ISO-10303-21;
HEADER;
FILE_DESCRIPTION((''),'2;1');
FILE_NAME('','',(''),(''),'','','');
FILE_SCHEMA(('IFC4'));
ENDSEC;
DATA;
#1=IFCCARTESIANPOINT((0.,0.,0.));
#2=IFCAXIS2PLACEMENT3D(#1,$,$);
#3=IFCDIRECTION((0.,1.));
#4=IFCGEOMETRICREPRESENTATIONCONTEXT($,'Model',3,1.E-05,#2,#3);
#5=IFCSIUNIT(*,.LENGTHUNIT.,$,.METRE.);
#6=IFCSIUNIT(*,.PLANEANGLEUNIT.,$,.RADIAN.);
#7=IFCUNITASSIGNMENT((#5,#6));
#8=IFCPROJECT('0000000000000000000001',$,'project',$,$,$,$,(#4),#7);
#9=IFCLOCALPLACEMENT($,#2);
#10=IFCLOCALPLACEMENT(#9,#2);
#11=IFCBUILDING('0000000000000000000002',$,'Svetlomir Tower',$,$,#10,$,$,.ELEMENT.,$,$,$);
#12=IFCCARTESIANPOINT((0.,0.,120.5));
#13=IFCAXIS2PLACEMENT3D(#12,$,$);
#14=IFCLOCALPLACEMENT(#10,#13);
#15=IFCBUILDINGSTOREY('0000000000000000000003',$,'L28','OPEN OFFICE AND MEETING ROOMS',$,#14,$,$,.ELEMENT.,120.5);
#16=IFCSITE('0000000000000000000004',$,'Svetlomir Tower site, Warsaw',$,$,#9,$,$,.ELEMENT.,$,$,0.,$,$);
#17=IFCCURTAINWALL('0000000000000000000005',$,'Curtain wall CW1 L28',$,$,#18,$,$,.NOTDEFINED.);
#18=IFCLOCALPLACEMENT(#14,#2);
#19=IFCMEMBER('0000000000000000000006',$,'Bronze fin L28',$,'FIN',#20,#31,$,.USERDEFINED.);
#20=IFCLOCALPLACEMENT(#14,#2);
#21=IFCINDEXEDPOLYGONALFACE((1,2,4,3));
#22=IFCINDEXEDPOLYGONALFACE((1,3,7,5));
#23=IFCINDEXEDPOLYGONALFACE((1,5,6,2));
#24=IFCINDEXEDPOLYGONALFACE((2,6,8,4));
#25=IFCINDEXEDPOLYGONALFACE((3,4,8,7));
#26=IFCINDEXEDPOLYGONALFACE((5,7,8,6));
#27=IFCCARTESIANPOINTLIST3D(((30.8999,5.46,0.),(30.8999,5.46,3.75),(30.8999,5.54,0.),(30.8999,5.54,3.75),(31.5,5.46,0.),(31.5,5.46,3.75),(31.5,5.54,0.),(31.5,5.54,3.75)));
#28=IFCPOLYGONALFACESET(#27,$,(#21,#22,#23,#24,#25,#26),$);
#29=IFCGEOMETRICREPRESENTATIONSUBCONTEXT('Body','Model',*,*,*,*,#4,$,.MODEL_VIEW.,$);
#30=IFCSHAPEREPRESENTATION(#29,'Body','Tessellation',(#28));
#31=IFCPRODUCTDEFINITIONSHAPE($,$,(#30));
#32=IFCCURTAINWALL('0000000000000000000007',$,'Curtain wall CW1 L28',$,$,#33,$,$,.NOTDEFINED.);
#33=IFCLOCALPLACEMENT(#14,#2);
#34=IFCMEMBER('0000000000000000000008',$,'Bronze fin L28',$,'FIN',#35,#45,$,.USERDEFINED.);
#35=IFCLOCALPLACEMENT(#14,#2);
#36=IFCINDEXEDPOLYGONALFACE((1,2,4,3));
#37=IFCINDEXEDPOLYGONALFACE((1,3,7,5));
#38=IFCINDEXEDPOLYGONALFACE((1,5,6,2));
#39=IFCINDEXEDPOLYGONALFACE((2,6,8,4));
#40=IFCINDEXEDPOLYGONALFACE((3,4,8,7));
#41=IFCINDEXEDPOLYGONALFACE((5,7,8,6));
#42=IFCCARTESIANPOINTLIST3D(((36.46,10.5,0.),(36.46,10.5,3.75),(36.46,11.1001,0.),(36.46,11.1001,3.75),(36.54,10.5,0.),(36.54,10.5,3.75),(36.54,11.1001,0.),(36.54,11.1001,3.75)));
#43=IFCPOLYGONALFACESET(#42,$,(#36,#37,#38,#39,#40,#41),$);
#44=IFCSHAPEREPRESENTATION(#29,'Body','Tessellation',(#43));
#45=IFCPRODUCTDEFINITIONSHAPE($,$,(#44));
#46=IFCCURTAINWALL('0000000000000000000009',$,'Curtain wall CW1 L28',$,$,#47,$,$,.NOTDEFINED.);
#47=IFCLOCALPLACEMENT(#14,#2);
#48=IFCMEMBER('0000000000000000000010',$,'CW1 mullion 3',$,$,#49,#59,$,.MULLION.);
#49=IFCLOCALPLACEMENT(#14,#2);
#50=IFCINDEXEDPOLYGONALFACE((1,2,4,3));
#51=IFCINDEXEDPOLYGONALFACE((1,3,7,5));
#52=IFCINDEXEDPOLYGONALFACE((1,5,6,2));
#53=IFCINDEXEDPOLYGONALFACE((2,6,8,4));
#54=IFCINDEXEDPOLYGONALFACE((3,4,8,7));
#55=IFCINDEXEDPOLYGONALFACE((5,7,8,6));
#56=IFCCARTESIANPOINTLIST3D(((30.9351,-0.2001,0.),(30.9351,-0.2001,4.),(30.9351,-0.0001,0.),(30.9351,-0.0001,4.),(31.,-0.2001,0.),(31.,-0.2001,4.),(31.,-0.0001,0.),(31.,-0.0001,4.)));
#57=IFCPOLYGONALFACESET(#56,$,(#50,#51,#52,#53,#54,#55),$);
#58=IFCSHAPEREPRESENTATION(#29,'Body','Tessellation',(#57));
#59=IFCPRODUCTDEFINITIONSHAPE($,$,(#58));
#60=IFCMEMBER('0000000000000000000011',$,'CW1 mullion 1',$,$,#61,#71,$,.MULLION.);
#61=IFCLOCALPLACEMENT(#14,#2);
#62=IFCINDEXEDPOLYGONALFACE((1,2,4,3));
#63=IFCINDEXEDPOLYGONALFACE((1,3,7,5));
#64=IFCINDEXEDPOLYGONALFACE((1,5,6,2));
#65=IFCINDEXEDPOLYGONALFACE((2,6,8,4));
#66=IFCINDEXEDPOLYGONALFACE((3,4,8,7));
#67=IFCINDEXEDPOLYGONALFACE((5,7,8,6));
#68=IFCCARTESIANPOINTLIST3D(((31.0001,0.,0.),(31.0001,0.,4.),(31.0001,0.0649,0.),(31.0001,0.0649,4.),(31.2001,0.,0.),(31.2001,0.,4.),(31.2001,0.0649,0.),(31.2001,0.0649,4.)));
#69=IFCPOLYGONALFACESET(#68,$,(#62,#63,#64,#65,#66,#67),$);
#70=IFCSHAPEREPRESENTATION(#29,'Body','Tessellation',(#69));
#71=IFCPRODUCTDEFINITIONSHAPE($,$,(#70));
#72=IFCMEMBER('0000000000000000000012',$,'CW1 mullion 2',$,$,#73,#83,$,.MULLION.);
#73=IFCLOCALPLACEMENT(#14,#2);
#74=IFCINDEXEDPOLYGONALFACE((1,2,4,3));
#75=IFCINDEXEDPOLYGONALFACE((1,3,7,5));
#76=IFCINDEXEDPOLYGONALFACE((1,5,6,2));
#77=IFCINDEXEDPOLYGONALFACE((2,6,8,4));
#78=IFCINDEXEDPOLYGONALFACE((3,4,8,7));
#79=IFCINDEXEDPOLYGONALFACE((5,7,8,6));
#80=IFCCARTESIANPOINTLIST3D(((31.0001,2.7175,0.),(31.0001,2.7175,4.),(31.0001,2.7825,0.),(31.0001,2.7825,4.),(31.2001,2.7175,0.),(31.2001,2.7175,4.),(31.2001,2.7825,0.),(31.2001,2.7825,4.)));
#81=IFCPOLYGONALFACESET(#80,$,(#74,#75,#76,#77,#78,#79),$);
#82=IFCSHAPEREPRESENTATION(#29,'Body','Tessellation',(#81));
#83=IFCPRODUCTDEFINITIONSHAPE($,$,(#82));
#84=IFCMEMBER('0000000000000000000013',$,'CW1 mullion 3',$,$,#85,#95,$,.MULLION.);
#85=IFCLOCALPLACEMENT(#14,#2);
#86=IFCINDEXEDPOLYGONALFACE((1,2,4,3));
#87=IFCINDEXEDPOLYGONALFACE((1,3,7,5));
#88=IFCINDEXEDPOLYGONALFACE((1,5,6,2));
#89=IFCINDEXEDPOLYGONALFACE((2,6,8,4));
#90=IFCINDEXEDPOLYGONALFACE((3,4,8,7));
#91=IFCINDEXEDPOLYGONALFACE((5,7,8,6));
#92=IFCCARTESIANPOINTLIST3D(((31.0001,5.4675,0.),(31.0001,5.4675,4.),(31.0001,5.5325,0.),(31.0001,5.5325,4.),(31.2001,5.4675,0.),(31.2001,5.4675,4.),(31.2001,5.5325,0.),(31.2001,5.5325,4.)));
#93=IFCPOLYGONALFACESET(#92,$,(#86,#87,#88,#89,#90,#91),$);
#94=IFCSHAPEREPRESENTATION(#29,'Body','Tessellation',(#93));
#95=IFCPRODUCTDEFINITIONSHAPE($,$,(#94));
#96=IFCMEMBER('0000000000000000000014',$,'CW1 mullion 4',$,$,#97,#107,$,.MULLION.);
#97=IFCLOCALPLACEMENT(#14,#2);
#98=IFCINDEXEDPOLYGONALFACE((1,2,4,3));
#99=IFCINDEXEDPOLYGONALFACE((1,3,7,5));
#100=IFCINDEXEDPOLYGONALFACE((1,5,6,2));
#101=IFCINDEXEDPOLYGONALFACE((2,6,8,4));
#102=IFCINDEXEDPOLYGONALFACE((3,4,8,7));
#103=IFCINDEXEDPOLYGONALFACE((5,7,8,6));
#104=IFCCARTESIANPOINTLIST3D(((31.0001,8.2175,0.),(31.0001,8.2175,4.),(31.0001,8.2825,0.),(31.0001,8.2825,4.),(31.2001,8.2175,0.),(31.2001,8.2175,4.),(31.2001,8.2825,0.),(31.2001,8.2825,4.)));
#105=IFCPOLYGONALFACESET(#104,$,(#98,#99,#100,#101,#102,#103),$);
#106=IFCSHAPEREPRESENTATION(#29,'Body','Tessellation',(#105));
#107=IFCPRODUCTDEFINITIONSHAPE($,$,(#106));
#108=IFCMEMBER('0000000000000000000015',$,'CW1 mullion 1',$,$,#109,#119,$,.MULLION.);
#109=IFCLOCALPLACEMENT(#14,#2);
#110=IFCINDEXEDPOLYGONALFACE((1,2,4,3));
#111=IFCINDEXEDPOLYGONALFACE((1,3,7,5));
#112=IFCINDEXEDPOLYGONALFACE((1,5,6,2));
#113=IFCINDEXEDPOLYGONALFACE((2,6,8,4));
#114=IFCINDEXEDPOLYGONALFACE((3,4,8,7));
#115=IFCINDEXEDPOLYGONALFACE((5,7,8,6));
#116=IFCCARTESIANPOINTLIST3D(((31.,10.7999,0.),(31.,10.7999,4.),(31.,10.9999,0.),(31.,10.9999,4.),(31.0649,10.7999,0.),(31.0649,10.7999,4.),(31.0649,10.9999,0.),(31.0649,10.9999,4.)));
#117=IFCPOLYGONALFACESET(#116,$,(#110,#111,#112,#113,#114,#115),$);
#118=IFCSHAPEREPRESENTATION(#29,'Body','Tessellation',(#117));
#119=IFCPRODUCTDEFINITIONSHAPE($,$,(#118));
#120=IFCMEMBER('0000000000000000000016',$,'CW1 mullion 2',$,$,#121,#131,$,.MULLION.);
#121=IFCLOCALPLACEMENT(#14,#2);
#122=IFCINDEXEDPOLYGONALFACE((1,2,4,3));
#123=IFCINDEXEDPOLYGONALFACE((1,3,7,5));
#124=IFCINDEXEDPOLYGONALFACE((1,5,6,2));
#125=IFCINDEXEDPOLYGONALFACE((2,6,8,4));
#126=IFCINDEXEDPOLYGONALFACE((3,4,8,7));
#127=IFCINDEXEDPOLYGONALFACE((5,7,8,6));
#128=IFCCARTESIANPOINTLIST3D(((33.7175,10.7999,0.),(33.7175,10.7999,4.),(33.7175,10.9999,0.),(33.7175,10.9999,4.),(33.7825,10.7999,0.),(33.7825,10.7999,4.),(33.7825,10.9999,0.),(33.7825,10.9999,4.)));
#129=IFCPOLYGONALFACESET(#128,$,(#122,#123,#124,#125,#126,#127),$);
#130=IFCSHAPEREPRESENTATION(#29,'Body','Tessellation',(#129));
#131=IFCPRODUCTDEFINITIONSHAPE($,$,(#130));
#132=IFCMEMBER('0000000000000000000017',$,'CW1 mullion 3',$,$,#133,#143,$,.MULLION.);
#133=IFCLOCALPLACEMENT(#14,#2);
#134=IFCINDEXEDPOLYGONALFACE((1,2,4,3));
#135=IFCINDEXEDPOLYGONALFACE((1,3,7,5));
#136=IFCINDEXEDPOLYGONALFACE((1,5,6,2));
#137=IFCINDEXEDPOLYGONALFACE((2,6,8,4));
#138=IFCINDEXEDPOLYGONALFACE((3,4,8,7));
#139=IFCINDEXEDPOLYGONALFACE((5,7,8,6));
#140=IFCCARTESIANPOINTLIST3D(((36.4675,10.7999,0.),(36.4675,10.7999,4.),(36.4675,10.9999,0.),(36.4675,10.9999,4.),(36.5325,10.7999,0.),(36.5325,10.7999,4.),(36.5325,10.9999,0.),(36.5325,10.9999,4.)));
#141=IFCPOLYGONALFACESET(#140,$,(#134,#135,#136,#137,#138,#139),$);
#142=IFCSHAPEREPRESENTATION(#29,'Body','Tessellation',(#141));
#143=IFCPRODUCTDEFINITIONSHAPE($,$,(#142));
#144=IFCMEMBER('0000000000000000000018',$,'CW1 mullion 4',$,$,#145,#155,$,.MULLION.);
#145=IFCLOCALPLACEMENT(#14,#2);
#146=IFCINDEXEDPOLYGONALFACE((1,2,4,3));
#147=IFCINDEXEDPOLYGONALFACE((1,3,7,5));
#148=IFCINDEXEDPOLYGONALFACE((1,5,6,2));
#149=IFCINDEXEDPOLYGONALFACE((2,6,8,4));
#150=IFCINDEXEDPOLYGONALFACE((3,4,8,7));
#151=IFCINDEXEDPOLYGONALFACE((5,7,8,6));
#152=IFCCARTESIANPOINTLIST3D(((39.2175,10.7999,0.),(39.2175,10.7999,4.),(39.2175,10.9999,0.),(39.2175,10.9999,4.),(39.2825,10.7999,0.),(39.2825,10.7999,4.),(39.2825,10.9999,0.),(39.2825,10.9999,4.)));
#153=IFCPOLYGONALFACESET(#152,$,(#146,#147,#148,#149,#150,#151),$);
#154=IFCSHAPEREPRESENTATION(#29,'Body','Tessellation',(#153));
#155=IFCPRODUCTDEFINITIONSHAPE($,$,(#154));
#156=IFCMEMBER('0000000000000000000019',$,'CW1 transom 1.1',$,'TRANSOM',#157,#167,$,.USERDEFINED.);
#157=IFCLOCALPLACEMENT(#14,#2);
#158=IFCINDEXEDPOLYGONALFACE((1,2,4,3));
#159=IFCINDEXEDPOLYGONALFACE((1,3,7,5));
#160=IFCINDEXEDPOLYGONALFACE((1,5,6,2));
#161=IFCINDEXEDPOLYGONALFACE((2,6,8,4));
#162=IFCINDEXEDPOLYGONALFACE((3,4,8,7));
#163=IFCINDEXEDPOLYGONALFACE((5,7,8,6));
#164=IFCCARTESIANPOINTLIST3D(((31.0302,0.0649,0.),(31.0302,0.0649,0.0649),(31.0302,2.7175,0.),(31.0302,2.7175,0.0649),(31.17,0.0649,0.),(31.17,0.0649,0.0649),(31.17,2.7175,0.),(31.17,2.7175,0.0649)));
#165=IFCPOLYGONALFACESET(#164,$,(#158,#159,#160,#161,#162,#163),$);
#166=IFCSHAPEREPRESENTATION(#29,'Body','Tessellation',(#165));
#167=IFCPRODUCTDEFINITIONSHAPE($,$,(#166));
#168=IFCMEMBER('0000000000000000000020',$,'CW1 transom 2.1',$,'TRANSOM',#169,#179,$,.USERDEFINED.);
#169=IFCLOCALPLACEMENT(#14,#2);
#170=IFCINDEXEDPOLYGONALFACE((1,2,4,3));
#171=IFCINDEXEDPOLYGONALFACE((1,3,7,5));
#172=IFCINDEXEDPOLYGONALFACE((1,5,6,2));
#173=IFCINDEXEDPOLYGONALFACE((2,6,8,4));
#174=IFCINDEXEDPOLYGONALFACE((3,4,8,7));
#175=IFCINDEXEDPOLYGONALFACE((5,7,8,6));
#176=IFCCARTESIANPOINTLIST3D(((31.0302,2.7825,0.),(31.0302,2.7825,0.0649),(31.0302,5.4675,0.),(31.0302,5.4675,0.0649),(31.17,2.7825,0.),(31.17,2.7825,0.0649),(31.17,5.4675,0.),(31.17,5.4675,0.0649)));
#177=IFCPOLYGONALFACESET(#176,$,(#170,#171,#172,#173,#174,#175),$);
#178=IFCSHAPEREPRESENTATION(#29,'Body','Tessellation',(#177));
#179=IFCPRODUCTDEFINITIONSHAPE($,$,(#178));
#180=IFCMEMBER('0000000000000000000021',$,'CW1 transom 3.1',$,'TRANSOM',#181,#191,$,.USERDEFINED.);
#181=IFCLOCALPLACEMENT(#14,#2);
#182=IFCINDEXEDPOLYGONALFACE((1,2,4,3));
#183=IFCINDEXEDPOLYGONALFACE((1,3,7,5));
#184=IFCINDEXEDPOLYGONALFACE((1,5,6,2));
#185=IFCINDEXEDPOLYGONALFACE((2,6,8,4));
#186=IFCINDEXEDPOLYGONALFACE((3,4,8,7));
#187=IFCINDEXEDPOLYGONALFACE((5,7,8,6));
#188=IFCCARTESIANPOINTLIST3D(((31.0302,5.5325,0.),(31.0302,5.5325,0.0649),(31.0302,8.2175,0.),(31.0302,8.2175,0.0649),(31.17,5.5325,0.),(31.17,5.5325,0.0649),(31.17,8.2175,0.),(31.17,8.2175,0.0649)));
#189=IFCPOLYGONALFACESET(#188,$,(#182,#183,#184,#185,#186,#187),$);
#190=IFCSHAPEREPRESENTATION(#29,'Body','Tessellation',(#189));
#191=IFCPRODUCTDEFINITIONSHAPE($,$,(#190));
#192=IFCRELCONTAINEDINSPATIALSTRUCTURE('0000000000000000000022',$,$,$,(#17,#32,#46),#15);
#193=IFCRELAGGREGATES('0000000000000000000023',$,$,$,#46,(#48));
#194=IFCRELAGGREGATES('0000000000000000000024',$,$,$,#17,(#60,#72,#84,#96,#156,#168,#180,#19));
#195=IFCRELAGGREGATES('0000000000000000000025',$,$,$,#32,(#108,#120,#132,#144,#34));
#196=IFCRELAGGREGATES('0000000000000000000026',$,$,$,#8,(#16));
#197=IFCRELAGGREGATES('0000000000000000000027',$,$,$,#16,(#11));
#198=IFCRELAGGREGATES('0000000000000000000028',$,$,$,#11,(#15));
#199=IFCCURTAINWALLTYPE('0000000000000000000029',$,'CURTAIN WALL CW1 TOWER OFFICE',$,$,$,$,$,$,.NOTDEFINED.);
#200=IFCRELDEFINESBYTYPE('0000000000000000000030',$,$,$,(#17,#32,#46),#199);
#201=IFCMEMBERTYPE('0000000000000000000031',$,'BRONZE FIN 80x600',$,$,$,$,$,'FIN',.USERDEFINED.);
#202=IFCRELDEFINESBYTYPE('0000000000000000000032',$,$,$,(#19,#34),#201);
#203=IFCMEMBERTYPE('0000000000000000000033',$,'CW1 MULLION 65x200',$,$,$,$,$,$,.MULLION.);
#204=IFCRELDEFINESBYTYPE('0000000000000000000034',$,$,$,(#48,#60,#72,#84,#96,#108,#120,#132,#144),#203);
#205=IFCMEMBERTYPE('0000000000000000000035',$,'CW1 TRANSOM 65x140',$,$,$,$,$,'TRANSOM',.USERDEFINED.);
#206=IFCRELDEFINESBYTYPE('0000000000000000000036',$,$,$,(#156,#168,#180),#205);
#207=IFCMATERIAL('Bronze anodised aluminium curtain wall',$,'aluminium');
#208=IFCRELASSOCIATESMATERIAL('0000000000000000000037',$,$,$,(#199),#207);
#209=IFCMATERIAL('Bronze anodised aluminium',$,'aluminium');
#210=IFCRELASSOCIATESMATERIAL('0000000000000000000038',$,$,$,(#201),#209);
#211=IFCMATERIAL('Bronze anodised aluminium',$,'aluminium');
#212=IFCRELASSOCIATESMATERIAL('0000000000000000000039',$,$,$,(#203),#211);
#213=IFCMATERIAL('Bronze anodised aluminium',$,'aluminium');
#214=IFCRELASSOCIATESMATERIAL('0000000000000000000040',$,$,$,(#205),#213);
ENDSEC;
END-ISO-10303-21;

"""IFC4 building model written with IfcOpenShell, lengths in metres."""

from ifc_helpers import new_model, si_unit, direction, frame, origin, origin_2d, place, context, subcontext, project, spatial, rectangle, extrude, material, material_profile, profile_set, type_object, element, aggregate, save


model = new_model("IFC4")

# Units and contexts
model_context = context("Model", 3, precision=1e-05, world=origin(), true_north=direction((0.0, 1.0)))
body_context = subcontext(model_context, "Body", "Model", "MODEL_VIEW")
ifc_project = project(units=[si_unit("LENGTHUNIT", "METRE"), si_unit("PLANEANGLEUNIT", "RADIAN")], contexts=[model_context])

# Site, building, storey
site_placement = place(None, origin())
site = spatial("IfcSite", under=ifc_project, at=site_placement, Name="Svetlomir Tower site, Warsaw", CompositionType="ELEMENT", RefElevation=0.0)
building_placement = place(site_placement, origin())
building = spatial("IfcBuilding", under=site, at=building_placement, Name="Svetlomir Tower", CompositionType="ELEMENT")
storey_placement = place(building_placement, frame((0.0, 0.0, 120.5)))
storey = spatial("IfcBuildingStorey", under=building, at=storey_placement, Name="L28", Description="OPEN OFFICE AND MEETING ROOMS", CompositionType="ELEMENT", Elevation=120.5)

# Curtain walls, members
ifc_material_1 = material(Name="Bronze anodised aluminium curtain wall", Category="aluminium")
curtain_wall_type = type_object("IfcCurtainWallType", Name="CURTAIN WALL CW1 TOWER OFFICE", PredefinedType="NOTDEFINED", material=ifc_material_1)
curtain_wall_1_placement = place(storey_placement, origin())
curtain_wall_1 = element("IfcCurtainWall", 1, at=curtain_wall_1_placement, inside=storey, type_object=curtain_wall_type, Name="Curtain wall CW1 L28", PredefinedType="NOTDEFINED")
ifc_material_2 = material(Name="Bronze anodised aluminium", Category="aluminium")
ifc_material_profile_1 = material_profile(ifc_material_2, rectangle(XDim=0.0801, YDim=0.6001, at=origin_2d()), Name="FIN 80x600")
ifc_profile_set_1 = profile_set([ifc_material_profile_1], Name="Bronze anodised aluminium 6063-T6")
member_type_1 = type_object("IfcMemberType", Name="BRONZE FIN 80x600", ElementType="FIN", PredefinedType="USERDEFINED", material=ifc_profile_set_1)
member_1_placement = place(storey_placement, frame((31.2, 5.5, 0.0), z_axis=(0.0, 0.0, 1.0), x_axis=(0.0, 1.0, 0.0)))
member_1 = element("IfcMember", 2, at=member_1_placement, type_object=member_type_1, Name="Bronze fin L28", ObjectType="FIN", PredefinedType="USERDEFINED", context=body_context, shape_type="SweptSolid", body=[
    extrude(rectangle(XDim=0.0801, YDim=0.6001, at=origin_2d()), origin(), (0.0, 0.0, 1.0), 3.75),
])
curtain_wall_2_placement = place(storey_placement, origin())
curtain_wall_2 = element("IfcCurtainWall", 3, at=curtain_wall_2_placement, inside=storey, type_object=curtain_wall_type, Name="Curtain wall CW1 L28", PredefinedType="NOTDEFINED")
member_2_placement = place(storey_placement, frame((36.5, 10.8, 0.0), z_axis=(0.0, 0.0, 1.0), x_axis=(1.0, 0.0, 0.0)))
member_2 = element("IfcMember", 4, at=member_2_placement, type_object=member_type_1, Name="Bronze fin L28", ObjectType="FIN", PredefinedType="USERDEFINED", context=body_context, shape_type="SweptSolid", body=[
    extrude(rectangle(XDim=0.0801, YDim=0.6001, at=origin_2d()), origin(), (0.0, 0.0, 1.0), 3.75),
])
curtain_wall_3_placement = place(storey_placement, origin())
curtain_wall_3 = element("IfcCurtainWall", 5, at=curtain_wall_3_placement, inside=storey, type_object=curtain_wall_type, Name="Curtain wall CW1 L28", PredefinedType="NOTDEFINED")
ifc_material_3 = material(Name="Bronze anodised aluminium", Category="aluminium")
ifc_material_profile_2 = material_profile(ifc_material_3, rectangle(XDim=0.0649, YDim=0.2, at=origin_2d()), Name="AL 65x200")
ifc_profile_set_2 = profile_set([ifc_material_profile_2], Name="Bronze anodised aluminium 6063-T6")
member_type_2 = type_object("IfcMemberType", Name="CW1 MULLION 65x200", PredefinedType="MULLION", material=ifc_profile_set_2)
member_3_placement = place(storey_placement, frame((30.9675, -0.1001, 0.0), z_axis=(0.0, 0.0, 1.0), x_axis=(1.0, 0.0, 0.0)))
member_3 = element("IfcMember", 6, at=member_3_placement, type_object=member_type_2, Name="CW1 mullion 3", PredefinedType="MULLION", context=body_context, shape_type="SweptSolid", body=[
    extrude(rectangle(XDim=0.0649, YDim=0.2, at=origin_2d()), origin(), (0.0, 0.0, 1.0), 4.0),
])
aggregate(curtain_wall_3, [member_3])

# Members
member_4_placement = place(storey_placement, frame((31.1001, 0.0325, 0.0), z_axis=(0.0, 0.0, 1.0), x_axis=(0.0, 1.0, 0.0)))
member_4 = element("IfcMember", 7, at=member_4_placement, type_object=member_type_2, Name="CW1 mullion 1", PredefinedType="MULLION", context=body_context, shape_type="SweptSolid", body=[
    extrude(rectangle(XDim=0.0649, YDim=0.2, at=origin_2d()), origin(), (0.0, 0.0, 1.0), 4.0),
])
member_5_placement = place(storey_placement, frame((31.1001, 2.75, 0.0), z_axis=(0.0, 0.0, 1.0), x_axis=(0.0, 1.0, 0.0)))
member_5 = element("IfcMember", 8, at=member_5_placement, type_object=member_type_2, Name="CW1 mullion 2", PredefinedType="MULLION", context=body_context, shape_type="SweptSolid", body=[
    extrude(rectangle(XDim=0.0649, YDim=0.2, at=origin_2d()), origin(), (0.0, 0.0, 1.0), 4.0),
])
member_6_placement = place(storey_placement, frame((31.1001, 5.5, 0.0), z_axis=(0.0, 0.0, 1.0), x_axis=(0.0, 1.0, 0.0)))
member_6 = element("IfcMember", 9, at=member_6_placement, type_object=member_type_2, Name="CW1 mullion 3", PredefinedType="MULLION", context=body_context, shape_type="SweptSolid", body=[
    extrude(rectangle(XDim=0.0649, YDim=0.2, at=origin_2d()), origin(), (0.0, 0.0, 1.0), 4.0),
])
member_7_placement = place(storey_placement, frame((31.1001, 8.25, 0.0), z_axis=(0.0, 0.0, 1.0), x_axis=(0.0, 1.0, 0.0)))
member_7 = element("IfcMember", 10, at=member_7_placement, type_object=member_type_2, Name="CW1 mullion 4", PredefinedType="MULLION", context=body_context, shape_type="SweptSolid", body=[
    extrude(rectangle(XDim=0.0649, YDim=0.2, at=origin_2d()), origin(), (0.0, 0.0, 1.0), 4.0),
])
member_8_placement = place(storey_placement, frame((31.0325, 10.8999, 0.0), z_axis=(0.0, 0.0, 1.0), x_axis=(1.0, 0.0, 0.0)))
member_8 = element("IfcMember", 11, at=member_8_placement, type_object=member_type_2, Name="CW1 mullion 1", PredefinedType="MULLION", context=body_context, shape_type="SweptSolid", body=[
    extrude(rectangle(XDim=0.0649, YDim=0.2, at=origin_2d()), origin(), (0.0, 0.0, 1.0), 4.0),
])
member_9_placement = place(storey_placement, frame((33.75, 10.8999, 0.0), z_axis=(0.0, 0.0, 1.0), x_axis=(1.0, 0.0, 0.0)))
member_9 = element("IfcMember", 12, at=member_9_placement, type_object=member_type_2, Name="CW1 mullion 2", PredefinedType="MULLION", context=body_context, shape_type="SweptSolid", body=[
    extrude(rectangle(XDim=0.0649, YDim=0.2, at=origin_2d()), origin(), (0.0, 0.0, 1.0), 4.0),
])
member_10_placement = place(storey_placement, frame((36.5, 10.8999, 0.0), z_axis=(0.0, 0.0, 1.0), x_axis=(1.0, 0.0, 0.0)))
member_10 = element("IfcMember", 13, at=member_10_placement, type_object=member_type_2, Name="CW1 mullion 3", PredefinedType="MULLION", context=body_context, shape_type="SweptSolid", body=[
    extrude(rectangle(XDim=0.0649, YDim=0.2, at=origin_2d()), origin(), (0.0, 0.0, 1.0), 4.0),
])
member_11_placement = place(storey_placement, frame((39.25, 10.8999, 0.0), z_axis=(0.0, 0.0, 1.0), x_axis=(1.0, 0.0, 0.0)))
member_11 = element("IfcMember", 14, at=member_11_placement, type_object=member_type_2, Name="CW1 mullion 4", PredefinedType="MULLION", context=body_context, shape_type="SweptSolid", body=[
    extrude(rectangle(XDim=0.0649, YDim=0.2, at=origin_2d()), origin(), (0.0, 0.0, 1.0), 4.0),
])
ifc_material_4 = material(Name="Bronze anodised aluminium", Category="aluminium")
ifc_material_profile_3 = material_profile(ifc_material_4, rectangle(XDim=0.1399, YDim=0.0649, at=origin_2d()), Name="AL 140x65")
ifc_profile_set_3 = profile_set([ifc_material_profile_3], Name="Bronze anodised aluminium 6063-T6")
member_type_3 = type_object("IfcMemberType", Name="CW1 TRANSOM 65x140", ElementType="TRANSOM", PredefinedType="USERDEFINED", material=ifc_profile_set_3)
member_12_placement = place(storey_placement, frame((31.1001, 0.0649, 0.0325), z_axis=(0.0, 1.0, 0.0), x_axis=(-1.0, 0.0, 0.0)))
member_12 = element("IfcMember", 15, at=member_12_placement, type_object=member_type_3, Name="CW1 transom 1.1", ObjectType="TRANSOM", PredefinedType="USERDEFINED", context=body_context, shape_type="SweptSolid", body=[
    extrude(rectangle(XDim=0.1399, YDim=0.0649, at=origin_2d()), origin(), (0.0, 0.0, 1.0), 2.6526),
])
member_13_placement = place(storey_placement, frame((31.1001, 2.7825, 0.0325), z_axis=(0.0, 1.0, 0.0), x_axis=(-1.0, 0.0, 0.0)))
member_13 = element("IfcMember", 16, at=member_13_placement, type_object=member_type_3, Name="CW1 transom 2.1", ObjectType="TRANSOM", PredefinedType="USERDEFINED", context=body_context, shape_type="SweptSolid", body=[
    extrude(rectangle(XDim=0.1399, YDim=0.0649, at=origin_2d()), origin(), (0.0, 0.0, 1.0), 2.6851),
])
member_14_placement = place(storey_placement, frame((31.1001, 5.5325, 0.0325), z_axis=(0.0, 1.0, 0.0), x_axis=(-1.0, 0.0, 0.0)))
member_14 = element("IfcMember", 17, at=member_14_placement, type_object=member_type_3, Name="CW1 transom 3.1", ObjectType="TRANSOM", PredefinedType="USERDEFINED", context=body_context, shape_type="SweptSolid", body=[
    extrude(rectangle(XDim=0.1399, YDim=0.0649, at=origin_2d()), origin(), (0.0, 0.0, 1.0), 2.6851),
])

aggregate(curtain_wall_1, [member_4, member_5, member_6, member_7, member_12, member_13, member_14, member_1])
aggregate(curtain_wall_2, [member_8, member_9, member_10, member_11, member_2])

save(model, "model.ifc")
